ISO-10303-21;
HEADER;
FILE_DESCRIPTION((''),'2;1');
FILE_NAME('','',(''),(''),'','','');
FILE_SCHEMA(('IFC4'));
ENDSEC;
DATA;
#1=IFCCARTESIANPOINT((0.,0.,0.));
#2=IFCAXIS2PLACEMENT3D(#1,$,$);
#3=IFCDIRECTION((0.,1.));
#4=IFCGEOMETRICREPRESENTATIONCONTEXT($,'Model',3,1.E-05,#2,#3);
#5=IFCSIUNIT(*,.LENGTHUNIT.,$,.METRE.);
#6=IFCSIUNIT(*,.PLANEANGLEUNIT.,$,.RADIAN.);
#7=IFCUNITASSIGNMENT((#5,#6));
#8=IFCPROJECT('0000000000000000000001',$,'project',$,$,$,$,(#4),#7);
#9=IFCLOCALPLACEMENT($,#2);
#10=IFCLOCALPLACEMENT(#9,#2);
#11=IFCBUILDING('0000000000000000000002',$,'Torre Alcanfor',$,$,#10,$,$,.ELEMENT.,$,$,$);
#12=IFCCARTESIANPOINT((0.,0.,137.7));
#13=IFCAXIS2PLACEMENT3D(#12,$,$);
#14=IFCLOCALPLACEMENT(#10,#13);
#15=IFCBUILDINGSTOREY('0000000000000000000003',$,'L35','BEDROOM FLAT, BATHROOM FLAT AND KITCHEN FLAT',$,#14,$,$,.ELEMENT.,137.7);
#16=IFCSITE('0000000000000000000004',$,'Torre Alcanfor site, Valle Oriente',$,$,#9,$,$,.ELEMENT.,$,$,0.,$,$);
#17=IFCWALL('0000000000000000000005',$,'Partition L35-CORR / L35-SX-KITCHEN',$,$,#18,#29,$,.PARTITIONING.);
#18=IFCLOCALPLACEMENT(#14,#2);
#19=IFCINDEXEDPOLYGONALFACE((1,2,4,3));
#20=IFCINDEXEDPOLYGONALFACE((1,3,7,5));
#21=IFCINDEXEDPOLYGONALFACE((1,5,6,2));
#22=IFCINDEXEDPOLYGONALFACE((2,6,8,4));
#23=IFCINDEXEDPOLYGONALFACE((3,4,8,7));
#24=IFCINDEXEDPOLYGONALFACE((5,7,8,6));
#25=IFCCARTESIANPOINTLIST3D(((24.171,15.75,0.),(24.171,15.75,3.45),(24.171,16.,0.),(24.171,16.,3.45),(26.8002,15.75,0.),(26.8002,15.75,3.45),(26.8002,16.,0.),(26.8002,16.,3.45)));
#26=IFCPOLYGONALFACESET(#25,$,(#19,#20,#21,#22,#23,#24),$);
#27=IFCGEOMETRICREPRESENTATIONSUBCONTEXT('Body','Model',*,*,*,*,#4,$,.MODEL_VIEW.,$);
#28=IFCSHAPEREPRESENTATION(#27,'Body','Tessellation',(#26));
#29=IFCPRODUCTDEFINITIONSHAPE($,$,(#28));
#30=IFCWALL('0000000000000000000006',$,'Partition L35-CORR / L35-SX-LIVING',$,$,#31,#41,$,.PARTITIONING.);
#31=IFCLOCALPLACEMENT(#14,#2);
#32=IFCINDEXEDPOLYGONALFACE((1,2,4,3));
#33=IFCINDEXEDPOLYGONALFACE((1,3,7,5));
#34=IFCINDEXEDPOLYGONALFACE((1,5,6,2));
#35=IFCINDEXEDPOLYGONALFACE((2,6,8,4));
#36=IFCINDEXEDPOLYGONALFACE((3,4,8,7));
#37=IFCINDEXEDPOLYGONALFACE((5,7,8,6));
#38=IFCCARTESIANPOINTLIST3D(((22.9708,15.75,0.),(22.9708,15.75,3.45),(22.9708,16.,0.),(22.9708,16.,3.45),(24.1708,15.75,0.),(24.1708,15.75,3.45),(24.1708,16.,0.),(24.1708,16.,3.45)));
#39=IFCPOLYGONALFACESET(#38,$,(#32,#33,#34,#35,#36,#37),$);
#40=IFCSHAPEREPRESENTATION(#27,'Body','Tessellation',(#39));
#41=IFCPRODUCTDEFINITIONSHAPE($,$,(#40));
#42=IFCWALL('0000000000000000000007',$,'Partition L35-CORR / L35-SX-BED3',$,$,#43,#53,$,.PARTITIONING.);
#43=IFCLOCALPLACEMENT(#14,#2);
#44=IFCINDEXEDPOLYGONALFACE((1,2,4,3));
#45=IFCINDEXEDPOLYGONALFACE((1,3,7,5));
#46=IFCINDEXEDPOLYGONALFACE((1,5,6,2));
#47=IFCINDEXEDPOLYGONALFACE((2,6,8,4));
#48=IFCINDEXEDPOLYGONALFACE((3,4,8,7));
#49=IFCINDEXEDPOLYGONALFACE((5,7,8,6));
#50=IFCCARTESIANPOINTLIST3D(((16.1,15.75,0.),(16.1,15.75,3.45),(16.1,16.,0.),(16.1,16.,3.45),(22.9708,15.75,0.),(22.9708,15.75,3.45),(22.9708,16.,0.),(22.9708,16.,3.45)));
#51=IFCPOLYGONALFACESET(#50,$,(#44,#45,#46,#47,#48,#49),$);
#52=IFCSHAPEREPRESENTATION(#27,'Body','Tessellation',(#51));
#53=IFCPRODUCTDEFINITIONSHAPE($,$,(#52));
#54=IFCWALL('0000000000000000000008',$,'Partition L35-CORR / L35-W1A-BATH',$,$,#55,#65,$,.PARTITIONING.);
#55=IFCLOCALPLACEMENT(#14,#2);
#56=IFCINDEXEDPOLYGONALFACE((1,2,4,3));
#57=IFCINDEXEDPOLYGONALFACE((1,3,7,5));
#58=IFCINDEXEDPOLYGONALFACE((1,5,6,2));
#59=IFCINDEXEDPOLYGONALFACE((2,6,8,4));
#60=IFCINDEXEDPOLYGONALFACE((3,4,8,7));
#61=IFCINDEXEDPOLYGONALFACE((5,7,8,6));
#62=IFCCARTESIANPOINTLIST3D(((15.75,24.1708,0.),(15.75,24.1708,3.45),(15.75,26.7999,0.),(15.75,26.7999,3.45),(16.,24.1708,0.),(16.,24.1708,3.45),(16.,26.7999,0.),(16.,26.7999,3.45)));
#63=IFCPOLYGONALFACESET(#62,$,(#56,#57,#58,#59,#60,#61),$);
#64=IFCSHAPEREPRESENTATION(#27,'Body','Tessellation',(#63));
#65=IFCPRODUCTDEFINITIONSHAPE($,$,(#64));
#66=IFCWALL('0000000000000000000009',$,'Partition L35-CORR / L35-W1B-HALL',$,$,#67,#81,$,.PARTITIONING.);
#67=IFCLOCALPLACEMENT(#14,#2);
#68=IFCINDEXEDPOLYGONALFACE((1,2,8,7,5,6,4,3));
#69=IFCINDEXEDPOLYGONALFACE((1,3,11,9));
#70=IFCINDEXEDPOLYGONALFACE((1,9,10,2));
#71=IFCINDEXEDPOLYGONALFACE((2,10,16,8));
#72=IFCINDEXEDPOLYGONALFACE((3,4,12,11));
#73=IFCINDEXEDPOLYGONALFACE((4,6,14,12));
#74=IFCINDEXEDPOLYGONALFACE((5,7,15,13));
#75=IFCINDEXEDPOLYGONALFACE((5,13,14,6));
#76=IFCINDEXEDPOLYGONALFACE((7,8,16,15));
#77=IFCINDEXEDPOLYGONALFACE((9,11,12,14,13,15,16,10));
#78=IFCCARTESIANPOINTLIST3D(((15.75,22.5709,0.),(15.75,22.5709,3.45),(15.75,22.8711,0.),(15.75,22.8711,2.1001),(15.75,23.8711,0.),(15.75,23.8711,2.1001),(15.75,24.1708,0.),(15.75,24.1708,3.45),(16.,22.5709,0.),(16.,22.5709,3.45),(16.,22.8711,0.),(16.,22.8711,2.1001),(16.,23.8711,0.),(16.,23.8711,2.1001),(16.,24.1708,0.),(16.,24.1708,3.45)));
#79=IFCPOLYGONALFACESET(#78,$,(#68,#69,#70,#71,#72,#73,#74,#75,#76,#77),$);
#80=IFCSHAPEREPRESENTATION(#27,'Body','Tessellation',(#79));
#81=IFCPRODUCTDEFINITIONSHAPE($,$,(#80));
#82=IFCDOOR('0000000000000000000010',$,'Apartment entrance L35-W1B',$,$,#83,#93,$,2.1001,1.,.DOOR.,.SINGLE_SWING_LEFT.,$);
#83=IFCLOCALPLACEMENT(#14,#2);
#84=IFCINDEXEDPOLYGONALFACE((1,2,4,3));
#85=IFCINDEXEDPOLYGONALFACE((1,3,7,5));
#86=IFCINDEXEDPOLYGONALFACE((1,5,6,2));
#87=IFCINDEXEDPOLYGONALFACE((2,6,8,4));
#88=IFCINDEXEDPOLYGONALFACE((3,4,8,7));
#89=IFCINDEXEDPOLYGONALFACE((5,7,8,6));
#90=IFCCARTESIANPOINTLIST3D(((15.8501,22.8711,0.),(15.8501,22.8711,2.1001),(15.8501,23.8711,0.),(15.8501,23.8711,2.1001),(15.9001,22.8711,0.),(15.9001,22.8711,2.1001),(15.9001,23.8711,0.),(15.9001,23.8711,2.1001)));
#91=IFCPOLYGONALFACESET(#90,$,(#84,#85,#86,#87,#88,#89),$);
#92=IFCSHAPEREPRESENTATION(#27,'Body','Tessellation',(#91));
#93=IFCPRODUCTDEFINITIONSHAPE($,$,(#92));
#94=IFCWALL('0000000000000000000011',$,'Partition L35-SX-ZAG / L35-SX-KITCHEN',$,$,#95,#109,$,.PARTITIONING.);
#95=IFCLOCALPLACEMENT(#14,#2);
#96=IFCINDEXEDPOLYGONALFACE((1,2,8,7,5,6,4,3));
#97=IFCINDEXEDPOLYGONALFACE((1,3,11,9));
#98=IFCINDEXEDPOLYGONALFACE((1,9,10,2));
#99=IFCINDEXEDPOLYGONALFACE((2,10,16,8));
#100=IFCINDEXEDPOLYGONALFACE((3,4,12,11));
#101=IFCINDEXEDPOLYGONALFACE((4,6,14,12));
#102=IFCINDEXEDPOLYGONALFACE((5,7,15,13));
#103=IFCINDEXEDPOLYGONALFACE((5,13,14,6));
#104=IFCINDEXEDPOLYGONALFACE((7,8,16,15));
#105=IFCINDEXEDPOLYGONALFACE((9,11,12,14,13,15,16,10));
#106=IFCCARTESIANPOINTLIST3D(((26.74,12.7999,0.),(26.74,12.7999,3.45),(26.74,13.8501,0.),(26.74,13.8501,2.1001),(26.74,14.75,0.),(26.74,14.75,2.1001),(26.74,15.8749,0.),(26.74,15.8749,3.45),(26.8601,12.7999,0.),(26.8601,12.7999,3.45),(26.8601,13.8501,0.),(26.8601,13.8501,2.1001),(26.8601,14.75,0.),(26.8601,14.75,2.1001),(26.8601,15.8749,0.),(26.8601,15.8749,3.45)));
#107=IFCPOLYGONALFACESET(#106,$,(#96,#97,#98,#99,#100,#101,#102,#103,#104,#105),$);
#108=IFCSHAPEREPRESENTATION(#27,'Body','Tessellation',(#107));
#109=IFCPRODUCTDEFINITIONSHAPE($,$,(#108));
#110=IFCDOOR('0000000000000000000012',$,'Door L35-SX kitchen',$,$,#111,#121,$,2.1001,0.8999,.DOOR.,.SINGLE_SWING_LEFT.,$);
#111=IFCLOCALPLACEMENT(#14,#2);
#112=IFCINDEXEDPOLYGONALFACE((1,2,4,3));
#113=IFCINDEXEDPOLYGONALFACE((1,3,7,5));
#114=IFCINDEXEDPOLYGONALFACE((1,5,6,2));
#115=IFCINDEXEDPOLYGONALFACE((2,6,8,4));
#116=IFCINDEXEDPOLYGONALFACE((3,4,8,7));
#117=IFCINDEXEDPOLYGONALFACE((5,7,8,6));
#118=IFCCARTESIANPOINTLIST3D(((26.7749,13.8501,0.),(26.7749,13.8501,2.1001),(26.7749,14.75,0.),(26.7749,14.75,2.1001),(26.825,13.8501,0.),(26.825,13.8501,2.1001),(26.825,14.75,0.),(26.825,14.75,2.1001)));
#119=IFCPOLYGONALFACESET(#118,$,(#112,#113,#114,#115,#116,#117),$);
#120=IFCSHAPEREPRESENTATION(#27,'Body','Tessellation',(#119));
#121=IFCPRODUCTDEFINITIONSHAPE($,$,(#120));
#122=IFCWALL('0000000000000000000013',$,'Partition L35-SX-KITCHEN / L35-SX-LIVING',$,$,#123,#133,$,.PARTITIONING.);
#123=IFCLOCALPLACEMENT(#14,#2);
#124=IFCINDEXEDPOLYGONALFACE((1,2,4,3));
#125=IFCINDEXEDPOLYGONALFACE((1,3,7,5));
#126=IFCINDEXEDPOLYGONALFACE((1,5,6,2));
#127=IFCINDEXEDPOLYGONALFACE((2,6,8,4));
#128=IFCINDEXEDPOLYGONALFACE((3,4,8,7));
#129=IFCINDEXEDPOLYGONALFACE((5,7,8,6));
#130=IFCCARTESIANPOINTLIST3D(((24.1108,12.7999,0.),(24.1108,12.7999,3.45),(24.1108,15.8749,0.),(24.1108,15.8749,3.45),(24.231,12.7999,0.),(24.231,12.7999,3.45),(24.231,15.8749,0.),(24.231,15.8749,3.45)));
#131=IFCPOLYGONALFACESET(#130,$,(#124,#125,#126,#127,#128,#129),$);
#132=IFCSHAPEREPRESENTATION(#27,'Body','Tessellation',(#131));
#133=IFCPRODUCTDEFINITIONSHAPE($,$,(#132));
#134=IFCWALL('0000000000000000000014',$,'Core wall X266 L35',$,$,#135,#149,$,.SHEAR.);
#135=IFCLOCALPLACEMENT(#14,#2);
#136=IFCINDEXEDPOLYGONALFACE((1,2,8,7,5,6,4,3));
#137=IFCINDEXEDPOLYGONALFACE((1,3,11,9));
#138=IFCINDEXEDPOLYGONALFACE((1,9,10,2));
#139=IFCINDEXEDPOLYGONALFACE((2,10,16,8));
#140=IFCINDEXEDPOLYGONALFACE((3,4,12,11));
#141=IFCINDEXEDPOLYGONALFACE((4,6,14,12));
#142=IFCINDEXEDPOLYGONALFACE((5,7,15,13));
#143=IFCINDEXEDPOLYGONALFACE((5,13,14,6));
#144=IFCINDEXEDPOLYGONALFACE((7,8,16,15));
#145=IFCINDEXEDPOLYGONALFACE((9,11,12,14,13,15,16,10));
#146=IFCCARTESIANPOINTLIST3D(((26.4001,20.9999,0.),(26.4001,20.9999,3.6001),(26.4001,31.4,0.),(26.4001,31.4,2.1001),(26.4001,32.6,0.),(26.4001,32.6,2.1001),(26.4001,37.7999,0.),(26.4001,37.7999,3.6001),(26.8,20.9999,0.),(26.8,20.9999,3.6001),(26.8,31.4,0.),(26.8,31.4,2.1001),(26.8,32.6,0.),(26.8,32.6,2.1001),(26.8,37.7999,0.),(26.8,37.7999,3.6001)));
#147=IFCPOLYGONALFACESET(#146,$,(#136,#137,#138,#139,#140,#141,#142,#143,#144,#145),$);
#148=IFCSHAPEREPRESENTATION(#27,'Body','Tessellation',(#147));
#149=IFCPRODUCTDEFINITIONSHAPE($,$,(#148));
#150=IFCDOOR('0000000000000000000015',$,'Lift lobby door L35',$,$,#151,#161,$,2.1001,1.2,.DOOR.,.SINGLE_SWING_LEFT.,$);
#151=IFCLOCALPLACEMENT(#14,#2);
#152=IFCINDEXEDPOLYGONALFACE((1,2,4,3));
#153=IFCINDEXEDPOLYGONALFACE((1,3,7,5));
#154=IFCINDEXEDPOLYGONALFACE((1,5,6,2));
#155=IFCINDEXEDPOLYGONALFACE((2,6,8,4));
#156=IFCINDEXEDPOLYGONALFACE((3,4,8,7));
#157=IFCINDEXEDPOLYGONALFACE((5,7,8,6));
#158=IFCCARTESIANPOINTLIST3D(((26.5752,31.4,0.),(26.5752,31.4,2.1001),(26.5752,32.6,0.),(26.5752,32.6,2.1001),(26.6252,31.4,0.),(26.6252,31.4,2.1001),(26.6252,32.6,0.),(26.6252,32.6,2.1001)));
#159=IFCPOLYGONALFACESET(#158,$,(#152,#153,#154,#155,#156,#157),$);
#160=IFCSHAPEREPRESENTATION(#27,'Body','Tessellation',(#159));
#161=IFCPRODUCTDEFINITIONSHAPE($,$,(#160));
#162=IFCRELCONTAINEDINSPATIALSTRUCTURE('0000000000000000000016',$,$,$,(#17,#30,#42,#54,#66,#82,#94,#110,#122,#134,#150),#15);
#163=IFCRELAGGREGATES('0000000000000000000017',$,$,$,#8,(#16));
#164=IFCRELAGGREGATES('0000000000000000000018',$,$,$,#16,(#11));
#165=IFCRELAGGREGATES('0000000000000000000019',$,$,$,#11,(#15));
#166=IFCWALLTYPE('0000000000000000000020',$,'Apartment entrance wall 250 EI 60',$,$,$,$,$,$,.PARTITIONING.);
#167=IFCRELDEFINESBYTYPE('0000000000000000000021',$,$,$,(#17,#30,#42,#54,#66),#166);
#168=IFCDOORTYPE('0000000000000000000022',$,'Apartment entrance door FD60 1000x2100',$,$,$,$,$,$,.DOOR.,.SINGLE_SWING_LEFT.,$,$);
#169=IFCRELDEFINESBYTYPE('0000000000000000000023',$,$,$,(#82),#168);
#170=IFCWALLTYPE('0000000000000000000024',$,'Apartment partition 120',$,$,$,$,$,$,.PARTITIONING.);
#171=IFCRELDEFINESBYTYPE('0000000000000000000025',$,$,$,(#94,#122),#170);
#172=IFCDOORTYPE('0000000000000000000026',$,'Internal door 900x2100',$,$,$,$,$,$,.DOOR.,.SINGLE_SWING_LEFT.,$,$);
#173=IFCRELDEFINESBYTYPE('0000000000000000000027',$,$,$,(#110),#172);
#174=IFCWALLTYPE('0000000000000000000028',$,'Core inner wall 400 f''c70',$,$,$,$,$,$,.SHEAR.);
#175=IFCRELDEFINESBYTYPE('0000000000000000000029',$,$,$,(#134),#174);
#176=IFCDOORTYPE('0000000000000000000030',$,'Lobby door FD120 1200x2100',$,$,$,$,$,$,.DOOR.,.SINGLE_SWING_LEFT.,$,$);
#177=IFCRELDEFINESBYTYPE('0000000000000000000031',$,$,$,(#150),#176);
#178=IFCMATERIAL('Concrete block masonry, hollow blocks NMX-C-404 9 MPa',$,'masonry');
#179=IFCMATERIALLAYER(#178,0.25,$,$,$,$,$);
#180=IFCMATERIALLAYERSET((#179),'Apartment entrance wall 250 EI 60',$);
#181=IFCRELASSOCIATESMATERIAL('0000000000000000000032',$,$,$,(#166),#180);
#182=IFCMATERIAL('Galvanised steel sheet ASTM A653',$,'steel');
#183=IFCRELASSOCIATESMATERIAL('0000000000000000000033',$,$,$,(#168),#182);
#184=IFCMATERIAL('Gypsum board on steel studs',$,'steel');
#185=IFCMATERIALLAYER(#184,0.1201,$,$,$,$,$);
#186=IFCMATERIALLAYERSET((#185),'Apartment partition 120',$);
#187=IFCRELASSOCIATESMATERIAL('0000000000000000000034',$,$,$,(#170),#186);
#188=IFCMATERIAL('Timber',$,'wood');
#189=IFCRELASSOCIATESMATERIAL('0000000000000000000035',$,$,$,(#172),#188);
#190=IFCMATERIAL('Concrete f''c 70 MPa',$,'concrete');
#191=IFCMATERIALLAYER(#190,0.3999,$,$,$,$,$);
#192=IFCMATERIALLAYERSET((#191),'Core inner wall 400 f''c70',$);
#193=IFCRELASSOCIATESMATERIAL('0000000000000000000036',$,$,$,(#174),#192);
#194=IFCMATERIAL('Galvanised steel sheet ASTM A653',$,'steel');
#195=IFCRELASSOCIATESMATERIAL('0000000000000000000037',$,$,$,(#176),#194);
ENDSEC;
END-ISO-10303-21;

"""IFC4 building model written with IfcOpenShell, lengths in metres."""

from ifc_helpers import new_model, si_unit, direction, frame, frame_2d, origin, place, context, subcontext, project, spatial, rectangle, extrude, material, layer, layer_set, type_object, element, fill, save


model = new_model("IFC4")

# Units and contexts
model_context = context("Model", 3, precision=1e-05, world=origin(), true_north=direction((0.0, 1.0)))
body_context = subcontext(model_context, "Body", "Model", "MODEL_VIEW")
ifc_project = project(units=[si_unit("LENGTHUNIT", "METRE"), si_unit("PLANEANGLEUNIT", "RADIAN")], contexts=[model_context])

# Site, building, storey
site_placement = place(None, origin())
site = spatial("IfcSite", under=ifc_project, at=site_placement, Name="Torre Alcanfor site, Valle Oriente", CompositionType="ELEMENT", RefElevation=0.0)
building_placement = place(site_placement, origin())
building = spatial("IfcBuilding", under=site, at=building_placement, Name="Torre Alcanfor", CompositionType="ELEMENT")
storey_placement = place(building_placement, frame((0.0, 0.0, 137.7)))
storey = spatial("IfcBuildingStorey", under=building, at=storey_placement, Name="L35", Description="BEDROOM FLAT, BATHROOM FLAT AND KITCHEN FLAT", CompositionType="ELEMENT", Elevation=137.7)

# Walls
ifc_material_1 = material(Name="Concrete block masonry, hollow blocks NMX-C-404 9 MPa", Category="masonry")
ifc_layer_1 = layer(ifc_material_1, 0.25)
ifc_layer_set_1 = layer_set([ifc_layer_1], Name="Apartment entrance wall 250 EI 60")
wall_type_1 = type_object("IfcWallType", Name="Apartment entrance wall 250 EI 60", PredefinedType="PARTITIONING", material=ifc_layer_set_1)
wall_1_placement = place(storey_placement, frame((26.8, 15.875, 0.0), z_axis=(0.0, 0.0, 1.0), x_axis=(-1.0, 0.0, 0.0)))
element("IfcWall", 1, at=wall_1_placement, inside=storey, type_object=wall_type_1, Name="Partition L35-CORR / L35-SX-KITCHEN", PredefinedType="PARTITIONING", context=body_context, shape_type="SweptSolid", body=[
    extrude(rectangle(XDim=2.6292, YDim=0.25, at=frame_2d((1.3145, 0.0))), origin(), (0.0, 0.0, 1.0), 3.45),
])
wall_2_placement = place(storey_placement, frame((24.1709, 15.875, 0.0), z_axis=(0.0, 0.0, 1.0), x_axis=(-1.0, 0.0, 0.0)))
element("IfcWall", 2, at=wall_2_placement, inside=storey, type_object=wall_type_1, Name="Partition L35-CORR / L35-SX-LIVING", PredefinedType="PARTITIONING", context=body_context, shape_type="SweptSolid", body=[
    extrude(rectangle(XDim=1.2, YDim=0.25, at=frame_2d((0.6001, 0.0))), origin(), (0.0, 0.0, 1.0), 3.45),
])
wall_3_placement = place(storey_placement, frame((22.9709, 15.875, 0.0), z_axis=(0.0, 0.0, 1.0), x_axis=(-1.0, 0.0, 0.0)))
element("IfcWall", 3, at=wall_3_placement, inside=storey, type_object=wall_type_1, Name="Partition L35-CORR / L35-SX-BED3", PredefinedType="PARTITIONING", context=body_context, shape_type="SweptSolid", body=[
    extrude(rectangle(XDim=6.8708, YDim=0.25, at=frame_2d((3.4355, 0.0))), origin(), (0.0, 0.0, 1.0), 3.45),
])
wall_4_placement = place(storey_placement, frame((15.875, 24.1709, 0.0), z_axis=(0.0, 0.0, 1.0), x_axis=(0.0, 1.0, 0.0)))
element("IfcWall", 4, at=wall_4_placement, inside=storey, type_object=wall_type_1, Name="Partition L35-CORR / L35-W1A-BATH", PredefinedType="PARTITIONING", context=body_context, shape_type="SweptSolid", body=[
    extrude(rectangle(XDim=2.6292, YDim=0.25, at=frame_2d((1.3145, 0.0))), origin(), (0.0, 0.0, 1.0), 3.45),
])

# Walls, openings, doors
wall_5_placement = place(storey_placement, frame((15.875, 22.571, 0.0), z_axis=(0.0, 0.0, 1.0), x_axis=(0.0, 1.0, 0.0)))
wall_5 = element("IfcWall", 5, at=wall_5_placement, inside=storey, type_object=wall_type_1, Name="Partition L35-CORR / L35-W1B-HALL", PredefinedType="PARTITIONING", context=body_context, shape_type="SweptSolid", body=[
    extrude(rectangle(XDim=1.5999, YDim=0.25, at=frame_2d((0.7998, 0.0))), origin(), (0.0, 0.0, 1.0), 3.45),
])
opening_1_placement = place(wall_5_placement, frame((0.3, 0.0, 0.0)))
opening_1 = element("IfcOpeningElement", 6, at=opening_1_placement, cuts=wall_5, PredefinedType="OPENING", context=body_context, shape_type="SweptSolid", body=[
    extrude(rectangle(XDim=1.0, YDim=2.1001, at=frame_2d((0.5, 1.05))), frame((0.0, 0.135, 0.0), z_axis=(0.0, -1.0, 0.0), x_axis=(1.0, 0.0, 0.0)), (0.0, 0.0, 1.0), 0.27),
])
ifc_material_2 = material(Name="Galvanised steel sheet ASTM A653", Category="steel")
door_type_1 = type_object("IfcDoorType", Name="Apartment entrance door FD60 1000x2100", OperationType="SINGLE_SWING_LEFT", PredefinedType="DOOR", material=ifc_material_2)
door_1_placement = place(opening_1_placement, origin())
door_1 = element("IfcDoor", 7, at=door_1_placement, inside=storey, type_object=door_type_1, Name="Apartment entrance L35-W1B", OperationType="SINGLE_SWING_LEFT", OverallHeight=2.1001, OverallWidth=1.0, PredefinedType="DOOR", context=body_context, shape_type="SweptSolid", body=[
    extrude(rectangle(XDim=1.0, YDim=2.1001, at=frame_2d((0.5, 1.05))), frame((0.0, 0.0249, 0.0), z_axis=(0.0, -1.0, 0.0), x_axis=(1.0, 0.0, 0.0)), (0.0, 0.0, 1.0), 0.05),
])
fill(opening_1, door_1)
ifc_material_3 = material(Name="Gypsum board on steel studs", Category="steel")
ifc_layer_2 = layer(ifc_material_3, 0.1201)
ifc_layer_set_2 = layer_set([ifc_layer_2], Name="Apartment partition 120")
wall_type_2 = type_object("IfcWallType", Name="Apartment partition 120", PredefinedType="PARTITIONING", material=ifc_layer_set_2)
wall_6_placement = place(storey_placement, frame((26.8, 15.875, 0.0), z_axis=(0.0, 0.0, 1.0), x_axis=(0.0, -1.0, 0.0)))
wall_6 = element("IfcWall", 8, at=wall_6_placement, inside=storey, type_object=wall_type_2, Name="Partition L35-SX-ZAG / L35-SX-KITCHEN", PredefinedType="PARTITIONING", context=body_context, shape_type="SweptSolid", body=[
    extrude(rectangle(XDim=3.075, YDim=0.1201, at=frame_2d((1.5376, 0.0))), origin(), (0.0, 0.0, 1.0), 3.45),
])
opening_2_placement = place(wall_6_placement, frame((1.125, 0.0, 0.0)))
opening_2 = element("IfcOpeningElement", 9, at=opening_2_placement, cuts=wall_6, PredefinedType="OPENING", context=body_context, shape_type="SweptSolid", body=[
    extrude(rectangle(XDim=0.8999, YDim=2.1001, at=frame_2d((0.45, 1.05))), frame((0.0, 0.0701, 0.0), z_axis=(0.0, -1.0, 0.0), x_axis=(1.0, 0.0, 0.0)), (0.0, 0.0, 1.0), 0.1401),
])
ifc_material_4 = material(Name="Timber", Category="wood")
door_type_2 = type_object("IfcDoorType", Name="Internal door 900x2100", OperationType="SINGLE_SWING_LEFT", PredefinedType="DOOR", material=ifc_material_4)
door_2_placement = place(opening_2_placement, frame((0.8999, 0.0, 0.0), z_axis=(0.0, 0.0, 1.0), x_axis=(-1.0, 0.0, 0.0)))
door_2 = element("IfcDoor", 10, at=door_2_placement, inside=storey, type_object=door_type_2, Name="Door L35-SX kitchen", OperationType="SINGLE_SWING_LEFT", OverallHeight=2.1001, OverallWidth=0.8999, PredefinedType="DOOR", context=body_context, shape_type="SweptSolid", body=[
    extrude(rectangle(XDim=0.8999, YDim=2.1001, at=frame_2d((0.45, 1.05))), frame((0.0, 0.0251, 0.0), z_axis=(0.0, -1.0, 0.0), x_axis=(1.0, 0.0, 0.0)), (0.0, 0.0, 1.0), 0.05),
])
fill(opening_2, door_2)

# Wall
wall_7_placement = place(storey_placement, frame((24.1709, 15.875, 0.0), z_axis=(0.0, 0.0, 1.0), x_axis=(0.0, -1.0, 0.0)))
element("IfcWall", 11, at=wall_7_placement, inside=storey, type_object=wall_type_2, Name="Partition L35-SX-KITCHEN / L35-SX-LIVING", PredefinedType="PARTITIONING", context=body_context, shape_type="SweptSolid", body=[
    extrude(rectangle(XDim=3.075, YDim=0.1201, at=frame_2d((1.5376, 0.0))), origin(), (0.0, 0.0, 1.0), 3.45),
])

# Wall, opening, door
ifc_material_5 = material(Name="Concrete f'c 70 MPa", Category="concrete")
ifc_layer_3 = layer(ifc_material_5, 0.3999)
ifc_layer_set_3 = layer_set([ifc_layer_3], Name="Core inner wall 400 f'c70")
wall_type_3 = type_object("IfcWallType", Name="Core inner wall 400 f'c70", PredefinedType="SHEAR", material=ifc_layer_set_3)
wall_8_placement = place(storey_placement, frame((26.6001, 21.0, 0.0), z_axis=(0.0, 0.0, 1.0), x_axis=(0.0, 1.0, 0.0)))
wall_8 = element("IfcWall", 12, at=wall_8_placement, inside=storey, type_object=wall_type_3, Name="Core wall X266 L35", PredefinedType="SHEAR", context=body_context, shape_type="SweptSolid", body=[
    extrude(rectangle(XDim=16.8, YDim=0.3999, at=frame_2d((8.3999, 0.0))), origin(), (0.0, 0.0, 1.0), 3.6001),
])
opening_3_placement = place(wall_8_placement, frame((10.3999, 0.0, 0.0)))
opening_3 = element("IfcOpeningElement", 13, at=opening_3_placement, cuts=wall_8, PredefinedType="OPENING", context=body_context, shape_type="SweptSolid", body=[
    extrude(rectangle(XDim=1.2, YDim=2.1001, at=frame_2d((0.6001, 1.05))), frame((0.0, 0.21, 0.0), z_axis=(0.0, -1.0, 0.0), x_axis=(1.0, 0.0, 0.0)), (0.0, 0.0, 1.0), 0.4199),
])
ifc_material_6 = material(Name="Galvanised steel sheet ASTM A653", Category="steel")
door_type_3 = type_object("IfcDoorType", Name="Lobby door FD120 1200x2100", OperationType="SINGLE_SWING_LEFT", PredefinedType="DOOR", material=ifc_material_6)
door_3_placement = place(opening_3_placement, origin())
door_3 = element("IfcDoor", 14, at=door_3_placement, inside=storey, type_object=door_type_3, Name="Lift lobby door L35", OperationType="SINGLE_SWING_LEFT", OverallHeight=2.1001, OverallWidth=1.2, PredefinedType="DOOR", context=body_context, shape_type="SweptSolid", body=[
    extrude(rectangle(XDim=1.2, YDim=2.1001, at=frame_2d((0.6001, 1.05))), frame((0.0, 0.0249, 0.0), z_axis=(0.0, -1.0, 0.0), x_axis=(1.0, 0.0, 0.0)), (0.0, 0.0, 1.0), 0.05),
])
fill(opening_3, door_3)

save(model, "model.ifc")
